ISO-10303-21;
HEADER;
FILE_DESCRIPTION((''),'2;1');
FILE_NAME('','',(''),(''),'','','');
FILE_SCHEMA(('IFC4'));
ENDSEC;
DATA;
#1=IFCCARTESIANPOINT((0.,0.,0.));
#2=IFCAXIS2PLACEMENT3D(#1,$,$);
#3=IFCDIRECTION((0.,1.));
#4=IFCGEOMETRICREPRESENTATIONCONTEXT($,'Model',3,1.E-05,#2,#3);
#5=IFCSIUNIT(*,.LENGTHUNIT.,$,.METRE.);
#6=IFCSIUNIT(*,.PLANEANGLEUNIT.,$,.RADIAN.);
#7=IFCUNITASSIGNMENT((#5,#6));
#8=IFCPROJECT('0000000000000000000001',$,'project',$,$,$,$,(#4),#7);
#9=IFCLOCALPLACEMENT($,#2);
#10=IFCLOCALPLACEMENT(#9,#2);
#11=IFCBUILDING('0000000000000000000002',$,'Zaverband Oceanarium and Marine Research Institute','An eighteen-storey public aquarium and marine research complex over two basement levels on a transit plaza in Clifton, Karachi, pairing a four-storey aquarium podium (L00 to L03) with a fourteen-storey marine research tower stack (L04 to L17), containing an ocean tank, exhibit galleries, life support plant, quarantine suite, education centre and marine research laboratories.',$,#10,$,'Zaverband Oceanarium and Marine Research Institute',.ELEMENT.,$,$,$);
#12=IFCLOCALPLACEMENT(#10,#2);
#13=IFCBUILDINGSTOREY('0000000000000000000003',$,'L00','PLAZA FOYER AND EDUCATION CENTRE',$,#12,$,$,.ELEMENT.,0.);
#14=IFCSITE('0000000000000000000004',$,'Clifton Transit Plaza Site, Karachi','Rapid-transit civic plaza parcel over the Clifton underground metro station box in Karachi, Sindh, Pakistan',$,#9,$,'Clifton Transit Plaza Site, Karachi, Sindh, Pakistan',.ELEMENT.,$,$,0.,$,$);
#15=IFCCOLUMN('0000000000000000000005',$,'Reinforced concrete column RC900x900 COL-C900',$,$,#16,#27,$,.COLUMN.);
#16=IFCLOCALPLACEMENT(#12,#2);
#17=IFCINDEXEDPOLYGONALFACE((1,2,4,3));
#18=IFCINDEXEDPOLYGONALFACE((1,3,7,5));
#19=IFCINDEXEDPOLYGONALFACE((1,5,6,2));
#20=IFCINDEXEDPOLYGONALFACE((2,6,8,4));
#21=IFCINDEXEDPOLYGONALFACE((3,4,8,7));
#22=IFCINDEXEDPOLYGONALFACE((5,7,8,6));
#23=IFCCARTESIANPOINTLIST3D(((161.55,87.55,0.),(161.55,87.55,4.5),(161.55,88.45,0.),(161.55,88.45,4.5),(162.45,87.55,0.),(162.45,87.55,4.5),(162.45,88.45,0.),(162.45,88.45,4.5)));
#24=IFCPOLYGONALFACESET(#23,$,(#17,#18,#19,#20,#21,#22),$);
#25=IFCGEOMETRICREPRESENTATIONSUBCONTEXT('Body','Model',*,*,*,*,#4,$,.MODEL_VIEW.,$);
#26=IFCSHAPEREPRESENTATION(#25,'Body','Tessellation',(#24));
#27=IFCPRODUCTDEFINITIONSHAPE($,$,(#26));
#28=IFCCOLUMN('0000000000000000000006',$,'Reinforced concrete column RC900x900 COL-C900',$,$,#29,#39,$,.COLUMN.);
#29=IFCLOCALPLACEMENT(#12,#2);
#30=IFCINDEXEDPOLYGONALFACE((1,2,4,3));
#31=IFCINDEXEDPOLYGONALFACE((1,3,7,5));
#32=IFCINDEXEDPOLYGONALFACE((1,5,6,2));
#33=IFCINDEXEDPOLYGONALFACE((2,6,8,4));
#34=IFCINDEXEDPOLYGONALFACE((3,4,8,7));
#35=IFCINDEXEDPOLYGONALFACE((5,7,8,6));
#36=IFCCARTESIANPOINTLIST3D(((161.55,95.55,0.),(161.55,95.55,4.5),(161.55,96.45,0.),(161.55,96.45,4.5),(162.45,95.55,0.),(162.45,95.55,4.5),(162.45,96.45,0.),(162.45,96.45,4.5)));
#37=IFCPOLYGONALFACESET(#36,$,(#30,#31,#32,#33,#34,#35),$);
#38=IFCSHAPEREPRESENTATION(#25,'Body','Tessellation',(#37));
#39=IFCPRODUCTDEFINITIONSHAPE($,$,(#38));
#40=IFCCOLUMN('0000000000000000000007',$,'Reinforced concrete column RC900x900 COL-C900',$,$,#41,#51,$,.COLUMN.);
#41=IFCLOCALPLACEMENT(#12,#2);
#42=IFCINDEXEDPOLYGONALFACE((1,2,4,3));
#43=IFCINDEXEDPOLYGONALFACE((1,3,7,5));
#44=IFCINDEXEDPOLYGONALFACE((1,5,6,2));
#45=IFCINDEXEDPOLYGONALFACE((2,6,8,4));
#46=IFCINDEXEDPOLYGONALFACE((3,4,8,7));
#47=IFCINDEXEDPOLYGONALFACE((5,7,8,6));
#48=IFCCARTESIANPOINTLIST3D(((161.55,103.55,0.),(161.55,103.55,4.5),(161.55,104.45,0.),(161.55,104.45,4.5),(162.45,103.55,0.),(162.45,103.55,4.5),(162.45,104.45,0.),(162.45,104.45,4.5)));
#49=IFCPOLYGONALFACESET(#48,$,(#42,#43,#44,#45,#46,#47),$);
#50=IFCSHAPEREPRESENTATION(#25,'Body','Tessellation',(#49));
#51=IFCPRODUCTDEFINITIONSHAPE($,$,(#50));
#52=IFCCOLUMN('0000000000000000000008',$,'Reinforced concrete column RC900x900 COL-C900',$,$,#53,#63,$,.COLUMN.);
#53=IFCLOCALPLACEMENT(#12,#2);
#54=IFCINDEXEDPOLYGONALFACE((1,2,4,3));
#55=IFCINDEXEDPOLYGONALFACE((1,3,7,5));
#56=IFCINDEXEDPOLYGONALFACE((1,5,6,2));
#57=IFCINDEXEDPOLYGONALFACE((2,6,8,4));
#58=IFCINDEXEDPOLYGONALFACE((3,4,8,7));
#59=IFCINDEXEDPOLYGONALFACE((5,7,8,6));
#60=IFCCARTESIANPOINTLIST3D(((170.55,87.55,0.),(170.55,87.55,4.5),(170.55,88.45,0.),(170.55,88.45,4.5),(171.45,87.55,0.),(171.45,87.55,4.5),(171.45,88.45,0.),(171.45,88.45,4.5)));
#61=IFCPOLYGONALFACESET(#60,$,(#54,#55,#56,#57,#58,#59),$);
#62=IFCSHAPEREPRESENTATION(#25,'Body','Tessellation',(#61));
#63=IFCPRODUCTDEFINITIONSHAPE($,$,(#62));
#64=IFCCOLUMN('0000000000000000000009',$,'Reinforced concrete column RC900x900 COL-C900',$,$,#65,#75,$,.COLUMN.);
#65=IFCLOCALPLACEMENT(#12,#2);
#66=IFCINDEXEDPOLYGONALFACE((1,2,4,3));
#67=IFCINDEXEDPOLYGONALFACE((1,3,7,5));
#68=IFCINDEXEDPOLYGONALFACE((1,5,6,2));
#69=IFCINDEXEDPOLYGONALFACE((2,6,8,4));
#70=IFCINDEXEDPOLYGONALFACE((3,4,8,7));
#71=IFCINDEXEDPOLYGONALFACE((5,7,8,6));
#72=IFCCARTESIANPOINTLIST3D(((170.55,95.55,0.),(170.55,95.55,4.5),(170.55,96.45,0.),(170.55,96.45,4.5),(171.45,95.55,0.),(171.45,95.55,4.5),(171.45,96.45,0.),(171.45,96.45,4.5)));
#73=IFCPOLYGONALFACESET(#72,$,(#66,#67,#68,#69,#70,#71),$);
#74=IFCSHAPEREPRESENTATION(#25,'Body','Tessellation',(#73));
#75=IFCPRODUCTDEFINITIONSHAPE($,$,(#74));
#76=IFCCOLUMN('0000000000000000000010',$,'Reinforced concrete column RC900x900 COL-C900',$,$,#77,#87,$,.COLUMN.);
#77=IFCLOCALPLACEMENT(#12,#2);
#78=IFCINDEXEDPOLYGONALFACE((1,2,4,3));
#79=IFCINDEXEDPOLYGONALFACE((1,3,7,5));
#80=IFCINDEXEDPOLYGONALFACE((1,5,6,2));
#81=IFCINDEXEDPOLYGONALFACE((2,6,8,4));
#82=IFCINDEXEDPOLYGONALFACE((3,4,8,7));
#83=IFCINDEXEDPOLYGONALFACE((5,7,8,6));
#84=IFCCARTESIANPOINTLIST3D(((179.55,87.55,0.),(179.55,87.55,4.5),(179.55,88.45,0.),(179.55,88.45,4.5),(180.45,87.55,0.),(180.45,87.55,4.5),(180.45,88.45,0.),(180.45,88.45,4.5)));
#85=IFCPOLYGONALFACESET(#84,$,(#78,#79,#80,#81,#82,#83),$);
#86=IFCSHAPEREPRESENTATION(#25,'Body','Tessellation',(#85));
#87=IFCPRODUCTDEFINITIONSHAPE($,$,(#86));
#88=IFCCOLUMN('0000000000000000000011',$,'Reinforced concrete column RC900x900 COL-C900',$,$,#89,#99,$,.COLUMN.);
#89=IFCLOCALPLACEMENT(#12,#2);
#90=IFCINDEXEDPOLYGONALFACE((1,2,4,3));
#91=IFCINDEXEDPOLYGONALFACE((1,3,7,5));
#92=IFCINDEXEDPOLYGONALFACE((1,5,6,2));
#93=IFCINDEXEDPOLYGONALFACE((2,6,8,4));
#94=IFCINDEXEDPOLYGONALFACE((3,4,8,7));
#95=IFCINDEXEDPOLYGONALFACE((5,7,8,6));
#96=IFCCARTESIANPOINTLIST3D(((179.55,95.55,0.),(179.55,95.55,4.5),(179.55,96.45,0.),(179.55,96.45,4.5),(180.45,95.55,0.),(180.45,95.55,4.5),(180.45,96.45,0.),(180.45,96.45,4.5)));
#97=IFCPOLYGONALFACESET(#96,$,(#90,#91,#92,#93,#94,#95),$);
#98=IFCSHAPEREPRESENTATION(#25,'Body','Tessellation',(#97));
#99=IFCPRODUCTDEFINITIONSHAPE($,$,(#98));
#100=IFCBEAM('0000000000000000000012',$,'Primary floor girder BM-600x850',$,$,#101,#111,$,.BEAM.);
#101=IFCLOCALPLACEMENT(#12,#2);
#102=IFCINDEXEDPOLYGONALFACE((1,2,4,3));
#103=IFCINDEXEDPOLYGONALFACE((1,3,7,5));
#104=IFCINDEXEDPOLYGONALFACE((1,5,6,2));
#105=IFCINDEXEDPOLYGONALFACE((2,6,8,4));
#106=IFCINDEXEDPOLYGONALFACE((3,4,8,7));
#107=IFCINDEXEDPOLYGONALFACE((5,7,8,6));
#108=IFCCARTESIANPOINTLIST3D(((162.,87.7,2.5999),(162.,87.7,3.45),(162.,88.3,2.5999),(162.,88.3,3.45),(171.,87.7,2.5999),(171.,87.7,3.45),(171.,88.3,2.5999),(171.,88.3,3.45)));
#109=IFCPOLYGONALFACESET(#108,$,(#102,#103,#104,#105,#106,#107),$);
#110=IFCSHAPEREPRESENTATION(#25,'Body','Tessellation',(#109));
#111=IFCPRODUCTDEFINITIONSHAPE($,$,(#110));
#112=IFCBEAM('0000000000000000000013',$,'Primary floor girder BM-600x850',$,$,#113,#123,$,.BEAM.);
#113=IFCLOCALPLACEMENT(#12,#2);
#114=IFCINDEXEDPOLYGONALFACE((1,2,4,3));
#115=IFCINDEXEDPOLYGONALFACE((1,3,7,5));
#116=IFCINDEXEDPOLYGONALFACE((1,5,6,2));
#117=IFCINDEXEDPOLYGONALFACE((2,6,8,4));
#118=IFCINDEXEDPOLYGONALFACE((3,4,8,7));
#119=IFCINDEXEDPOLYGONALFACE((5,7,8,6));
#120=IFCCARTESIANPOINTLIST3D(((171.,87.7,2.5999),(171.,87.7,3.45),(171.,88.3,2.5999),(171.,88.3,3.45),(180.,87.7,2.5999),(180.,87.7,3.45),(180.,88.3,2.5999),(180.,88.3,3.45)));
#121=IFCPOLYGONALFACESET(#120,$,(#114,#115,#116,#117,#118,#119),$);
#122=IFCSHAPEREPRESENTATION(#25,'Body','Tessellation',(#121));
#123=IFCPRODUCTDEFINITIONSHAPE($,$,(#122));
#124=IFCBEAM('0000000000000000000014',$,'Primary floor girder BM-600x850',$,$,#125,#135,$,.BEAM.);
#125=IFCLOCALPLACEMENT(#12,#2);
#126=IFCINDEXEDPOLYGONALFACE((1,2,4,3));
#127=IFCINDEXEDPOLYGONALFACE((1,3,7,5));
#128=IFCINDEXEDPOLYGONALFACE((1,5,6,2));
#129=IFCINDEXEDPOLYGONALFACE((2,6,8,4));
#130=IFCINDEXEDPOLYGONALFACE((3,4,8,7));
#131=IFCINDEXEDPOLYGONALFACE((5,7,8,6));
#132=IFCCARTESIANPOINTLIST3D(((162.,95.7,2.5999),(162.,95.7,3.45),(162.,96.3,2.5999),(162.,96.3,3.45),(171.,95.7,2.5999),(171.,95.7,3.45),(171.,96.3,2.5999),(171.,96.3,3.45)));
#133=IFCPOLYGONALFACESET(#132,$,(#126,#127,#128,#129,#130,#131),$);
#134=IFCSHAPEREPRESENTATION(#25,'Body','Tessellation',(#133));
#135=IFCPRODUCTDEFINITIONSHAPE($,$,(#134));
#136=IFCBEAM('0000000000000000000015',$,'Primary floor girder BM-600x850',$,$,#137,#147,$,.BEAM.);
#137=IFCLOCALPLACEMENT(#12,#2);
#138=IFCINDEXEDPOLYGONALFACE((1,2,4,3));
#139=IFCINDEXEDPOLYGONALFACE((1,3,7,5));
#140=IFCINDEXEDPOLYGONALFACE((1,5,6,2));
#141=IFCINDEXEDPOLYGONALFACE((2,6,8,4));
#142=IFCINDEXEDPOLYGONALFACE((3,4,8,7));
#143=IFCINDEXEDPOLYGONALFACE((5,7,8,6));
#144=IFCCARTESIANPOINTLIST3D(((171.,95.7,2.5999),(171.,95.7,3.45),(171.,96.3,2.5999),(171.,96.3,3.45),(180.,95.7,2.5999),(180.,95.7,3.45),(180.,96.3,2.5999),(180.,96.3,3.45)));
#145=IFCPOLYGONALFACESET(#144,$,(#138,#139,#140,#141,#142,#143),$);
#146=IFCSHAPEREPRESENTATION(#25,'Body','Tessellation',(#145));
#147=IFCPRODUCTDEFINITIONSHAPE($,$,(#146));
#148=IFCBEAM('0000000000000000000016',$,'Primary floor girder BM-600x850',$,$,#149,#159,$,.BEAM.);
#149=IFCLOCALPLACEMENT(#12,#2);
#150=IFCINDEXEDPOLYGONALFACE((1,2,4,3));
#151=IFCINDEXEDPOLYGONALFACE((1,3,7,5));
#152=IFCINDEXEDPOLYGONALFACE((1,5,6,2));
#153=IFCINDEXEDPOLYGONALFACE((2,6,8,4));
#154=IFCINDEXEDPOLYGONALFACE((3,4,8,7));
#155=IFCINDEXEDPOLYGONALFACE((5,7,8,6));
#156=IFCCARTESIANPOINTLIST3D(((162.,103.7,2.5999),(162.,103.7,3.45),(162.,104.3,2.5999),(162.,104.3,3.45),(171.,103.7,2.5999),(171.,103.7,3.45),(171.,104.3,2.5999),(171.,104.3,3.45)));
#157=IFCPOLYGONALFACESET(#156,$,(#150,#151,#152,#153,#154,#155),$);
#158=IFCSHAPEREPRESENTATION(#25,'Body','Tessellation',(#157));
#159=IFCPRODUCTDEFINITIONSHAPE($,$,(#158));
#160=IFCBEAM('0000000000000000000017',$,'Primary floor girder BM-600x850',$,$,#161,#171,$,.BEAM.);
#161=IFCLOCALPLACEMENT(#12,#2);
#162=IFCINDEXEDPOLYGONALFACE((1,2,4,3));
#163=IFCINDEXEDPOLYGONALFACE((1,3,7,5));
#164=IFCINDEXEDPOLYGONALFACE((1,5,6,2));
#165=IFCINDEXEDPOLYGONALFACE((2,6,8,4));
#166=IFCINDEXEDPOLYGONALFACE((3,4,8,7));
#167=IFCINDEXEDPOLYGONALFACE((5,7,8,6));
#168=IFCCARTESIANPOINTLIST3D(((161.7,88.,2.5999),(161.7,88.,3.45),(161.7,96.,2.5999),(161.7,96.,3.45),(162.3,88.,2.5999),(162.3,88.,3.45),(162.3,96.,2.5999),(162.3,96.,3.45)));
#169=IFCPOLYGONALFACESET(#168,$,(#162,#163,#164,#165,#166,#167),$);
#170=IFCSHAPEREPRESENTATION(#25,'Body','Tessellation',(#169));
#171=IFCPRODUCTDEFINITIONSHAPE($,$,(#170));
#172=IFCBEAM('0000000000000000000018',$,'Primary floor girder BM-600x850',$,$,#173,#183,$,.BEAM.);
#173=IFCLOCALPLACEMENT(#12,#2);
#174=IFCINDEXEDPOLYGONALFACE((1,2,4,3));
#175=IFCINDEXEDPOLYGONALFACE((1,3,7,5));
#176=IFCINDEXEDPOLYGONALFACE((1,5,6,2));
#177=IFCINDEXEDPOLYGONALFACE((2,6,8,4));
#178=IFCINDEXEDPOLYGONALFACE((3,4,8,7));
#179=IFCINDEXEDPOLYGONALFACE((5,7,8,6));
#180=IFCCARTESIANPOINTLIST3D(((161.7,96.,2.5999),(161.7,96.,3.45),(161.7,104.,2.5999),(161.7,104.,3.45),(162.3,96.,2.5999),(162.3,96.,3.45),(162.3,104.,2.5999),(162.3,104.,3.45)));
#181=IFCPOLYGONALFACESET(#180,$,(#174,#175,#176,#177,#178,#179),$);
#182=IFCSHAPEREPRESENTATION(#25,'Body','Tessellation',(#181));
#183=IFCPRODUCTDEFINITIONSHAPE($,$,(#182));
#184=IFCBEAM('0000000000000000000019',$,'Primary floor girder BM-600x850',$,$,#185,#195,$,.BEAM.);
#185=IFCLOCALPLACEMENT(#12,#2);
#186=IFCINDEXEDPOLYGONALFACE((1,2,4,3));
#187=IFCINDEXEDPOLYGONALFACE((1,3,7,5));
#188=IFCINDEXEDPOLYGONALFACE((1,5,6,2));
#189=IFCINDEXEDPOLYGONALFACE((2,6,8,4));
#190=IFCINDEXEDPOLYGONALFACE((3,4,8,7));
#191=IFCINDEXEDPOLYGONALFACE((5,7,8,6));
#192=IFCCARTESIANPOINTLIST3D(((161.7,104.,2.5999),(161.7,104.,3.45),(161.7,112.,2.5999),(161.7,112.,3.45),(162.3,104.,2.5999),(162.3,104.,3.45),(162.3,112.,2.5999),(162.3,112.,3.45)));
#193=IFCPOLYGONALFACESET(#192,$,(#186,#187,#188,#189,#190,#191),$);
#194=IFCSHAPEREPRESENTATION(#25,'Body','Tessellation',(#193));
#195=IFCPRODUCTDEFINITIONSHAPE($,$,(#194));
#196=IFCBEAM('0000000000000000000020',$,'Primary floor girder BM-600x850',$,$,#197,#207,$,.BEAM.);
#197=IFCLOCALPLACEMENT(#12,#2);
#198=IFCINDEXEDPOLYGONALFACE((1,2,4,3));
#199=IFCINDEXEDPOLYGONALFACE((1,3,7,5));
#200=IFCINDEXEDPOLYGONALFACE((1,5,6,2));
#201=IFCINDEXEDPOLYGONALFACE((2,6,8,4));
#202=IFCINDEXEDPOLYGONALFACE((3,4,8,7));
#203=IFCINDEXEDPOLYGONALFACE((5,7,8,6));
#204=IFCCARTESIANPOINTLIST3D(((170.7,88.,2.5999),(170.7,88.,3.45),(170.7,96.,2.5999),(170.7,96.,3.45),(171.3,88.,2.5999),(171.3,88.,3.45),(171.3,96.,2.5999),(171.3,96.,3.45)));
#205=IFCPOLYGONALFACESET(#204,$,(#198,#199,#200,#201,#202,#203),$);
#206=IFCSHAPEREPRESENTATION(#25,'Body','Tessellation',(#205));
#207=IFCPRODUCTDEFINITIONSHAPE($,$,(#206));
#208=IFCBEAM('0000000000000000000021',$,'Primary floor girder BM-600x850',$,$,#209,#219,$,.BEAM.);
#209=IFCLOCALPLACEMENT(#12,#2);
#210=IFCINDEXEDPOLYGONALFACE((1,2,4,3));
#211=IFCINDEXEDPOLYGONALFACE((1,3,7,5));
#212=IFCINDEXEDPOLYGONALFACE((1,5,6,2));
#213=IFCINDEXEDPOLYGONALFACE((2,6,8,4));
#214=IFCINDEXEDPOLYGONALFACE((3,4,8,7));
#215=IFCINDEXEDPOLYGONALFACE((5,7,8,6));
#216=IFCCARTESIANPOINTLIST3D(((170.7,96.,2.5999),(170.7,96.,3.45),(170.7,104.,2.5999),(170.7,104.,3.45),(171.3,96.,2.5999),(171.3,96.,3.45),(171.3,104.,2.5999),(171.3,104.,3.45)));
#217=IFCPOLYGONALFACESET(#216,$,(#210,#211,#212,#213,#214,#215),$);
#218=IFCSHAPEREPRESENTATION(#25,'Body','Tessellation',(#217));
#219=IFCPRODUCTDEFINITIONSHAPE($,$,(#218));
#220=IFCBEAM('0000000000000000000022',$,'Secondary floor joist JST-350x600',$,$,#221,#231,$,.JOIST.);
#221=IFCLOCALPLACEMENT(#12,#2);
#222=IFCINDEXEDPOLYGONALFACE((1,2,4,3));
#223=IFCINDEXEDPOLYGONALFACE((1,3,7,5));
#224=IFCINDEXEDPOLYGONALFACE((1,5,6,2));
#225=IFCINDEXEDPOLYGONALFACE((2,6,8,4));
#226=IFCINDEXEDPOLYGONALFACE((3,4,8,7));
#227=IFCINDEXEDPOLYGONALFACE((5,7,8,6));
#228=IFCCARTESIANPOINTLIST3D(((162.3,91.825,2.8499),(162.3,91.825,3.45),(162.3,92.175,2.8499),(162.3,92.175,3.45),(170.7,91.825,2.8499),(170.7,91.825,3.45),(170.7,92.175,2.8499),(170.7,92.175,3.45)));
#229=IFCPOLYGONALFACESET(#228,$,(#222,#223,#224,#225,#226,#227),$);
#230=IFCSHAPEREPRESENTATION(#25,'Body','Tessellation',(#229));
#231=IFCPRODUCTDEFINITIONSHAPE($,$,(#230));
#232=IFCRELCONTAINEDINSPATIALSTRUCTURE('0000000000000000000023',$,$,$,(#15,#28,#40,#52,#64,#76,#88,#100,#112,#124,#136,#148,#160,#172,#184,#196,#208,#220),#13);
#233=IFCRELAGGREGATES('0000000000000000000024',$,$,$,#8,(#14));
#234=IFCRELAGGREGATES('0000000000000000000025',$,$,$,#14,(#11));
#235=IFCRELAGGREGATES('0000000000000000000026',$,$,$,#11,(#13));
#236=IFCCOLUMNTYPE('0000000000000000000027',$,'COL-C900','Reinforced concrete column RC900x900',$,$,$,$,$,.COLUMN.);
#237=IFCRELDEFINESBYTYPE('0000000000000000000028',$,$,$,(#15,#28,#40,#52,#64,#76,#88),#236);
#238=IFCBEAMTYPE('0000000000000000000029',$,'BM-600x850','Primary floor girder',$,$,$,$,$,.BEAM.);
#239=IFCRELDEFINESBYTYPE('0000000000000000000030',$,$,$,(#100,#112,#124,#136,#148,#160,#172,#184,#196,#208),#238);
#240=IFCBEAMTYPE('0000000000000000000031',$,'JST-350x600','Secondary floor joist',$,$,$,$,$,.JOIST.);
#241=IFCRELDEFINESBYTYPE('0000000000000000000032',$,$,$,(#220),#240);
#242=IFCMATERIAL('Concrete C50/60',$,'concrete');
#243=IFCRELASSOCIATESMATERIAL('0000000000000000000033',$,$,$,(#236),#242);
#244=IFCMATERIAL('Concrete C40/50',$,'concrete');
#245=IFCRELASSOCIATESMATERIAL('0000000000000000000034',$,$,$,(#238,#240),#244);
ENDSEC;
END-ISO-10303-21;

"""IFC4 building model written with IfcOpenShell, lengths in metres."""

from ifc_helpers import new_model, si_unit, direction, frame, origin, origin_2d, place, context, subcontext, project, spatial, rectangle, extrude, material, material_profile, profile_set, type_object, element, save


model = new_model("IFC4")

# Units and contexts
model_context = context("Model", 3, precision=1e-05, world=origin(), true_north=direction((0.0, 1.0)))
body_context = subcontext(model_context, "Body", "Model", "MODEL_VIEW")
ifc_project = project(units=[si_unit("LENGTHUNIT", "METRE"), si_unit("PLANEANGLEUNIT", "RADIAN")], contexts=[model_context])

# Site, building, storey
site_placement = place(None, origin())
site = spatial("IfcSite", under=ifc_project, at=site_placement, Name="Clifton Transit Plaza Site, Karachi", Description="Rapid-transit civic plaza parcel over the Clifton underground metro station box in Karachi, Sindh, Pakistan", LongName="Clifton Transit Plaza Site, Karachi, Sindh, Pakistan", CompositionType="ELEMENT", RefElevation=0.0)
building_placement = place(site_placement, origin())
building = spatial("IfcBuilding", under=site, at=building_placement, Name="Zaverband Oceanarium and Marine Research Institute", Description="An eighteen-storey public aquarium and marine research complex over two basement levels on a transit plaza in Clifton, Karachi, pairing a four-storey aquarium podium (L00 to L03) with a fourteen-storey marine research tower stack (L04 to L17), containing an ocean tank, exhibit galleries, life support plant, quarantine suite, education centre and marine research laboratories.", LongName="Zaverband Oceanarium and Marine Research Institute", CompositionType="ELEMENT")
storey_placement = place(building_placement, origin())
storey = spatial("IfcBuildingStorey", under=building, at=storey_placement, Name="L00", Description="PLAZA FOYER AND EDUCATION CENTRE", CompositionType="ELEMENT", Elevation=0.0)

# Columns
ifc_material_1 = material(Name="Concrete C50/60", Category="concrete")
ifc_material_profile_1 = material_profile(ifc_material_1, rectangle(XDim=0.8999, YDim=0.8999, at=origin_2d()), Name="RC900x900")
ifc_profile_set_1 = profile_set([ifc_material_profile_1], Name="Concrete C50/60")
column_type = type_object("IfcColumnType", Name="COL-C900", Description="Reinforced concrete column RC900x900", PredefinedType="COLUMN", material=ifc_profile_set_1)
for number, where, z_axis, x_axis, name in (
    (1, (162.0, 88.0, 0.0), (0.0, 0.0, 1.0), (1.0, 0.0, 0.0), "Reinforced concrete column RC900x900 COL-C900"),
    (2, (162.0, 96.0, 0.0), (0.0, 0.0, 1.0), (1.0, 0.0, 0.0), "Reinforced concrete column RC900x900 COL-C900"),
    (3, (162.0, 104.0, 0.0), (0.0, 0.0, 1.0), (1.0, 0.0, 0.0), "Reinforced concrete column RC900x900 COL-C900"),
    (4, (171.0, 88.0, 0.0), (0.0, 0.0, 1.0), (1.0, 0.0, 0.0), "Reinforced concrete column RC900x900 COL-C900"),
    (5, (171.0, 96.0, 0.0), (0.0, 0.0, 1.0), (1.0, 0.0, 0.0), "Reinforced concrete column RC900x900 COL-C900"),
    (6, (180.0, 88.0, 0.0), (0.0, 0.0, 1.0), (1.0, 0.0, 0.0), "Reinforced concrete column RC900x900 COL-C900"),
    (7, (180.0, 96.0, 0.0), (0.0, 0.0, 1.0), (1.0, 0.0, 0.0), "Reinforced concrete column RC900x900 COL-C900"),
):
    element("IfcColumn", number, at=place(storey_placement, frame(where, z_axis=z_axis, x_axis=x_axis)), inside=storey, type_object=column_type, Name=name, PredefinedType="COLUMN", context=body_context, shape_type="SweptSolid", body=[
        extrude(rectangle(XDim=0.8999, YDim=0.8999, at=origin_2d()), origin(), (0.0, 0.0, 1.0), 4.5),
    ])

# Beams
ifc_material_2 = material(Name="Concrete C40/50", Category="concrete")
ifc_material_profile_2 = material_profile(ifc_material_2, rectangle(XDim=0.6001, YDim=0.8501, at=origin_2d()), Name="RC600x850")
ifc_profile_set_2 = profile_set([ifc_material_profile_2], Name="Concrete C40/50")
beam_type_1 = type_object("IfcBeamType", Name="BM-600x850", Description="Primary floor girder", PredefinedType="BEAM", material=ifc_profile_set_2)
for number, where, z_axis, x_axis, name in (
    (8, (162.0, 88.0, 3.0249), (1.0, 0.0, 0.0), (0.0, 1.0, 0.0), "Primary floor girder BM-600x850"),
    (9, (171.0, 88.0, 3.0249), (1.0, 0.0, 0.0), (0.0, 1.0, 0.0), "Primary floor girder BM-600x850"),
    (10, (162.0, 96.0, 3.0249), (1.0, 0.0, 0.0), (0.0, 1.0, 0.0), "Primary floor girder BM-600x850"),
    (11, (171.0, 96.0, 3.0249), (1.0, 0.0, 0.0), (0.0, 1.0, 0.0), "Primary floor girder BM-600x850"),
    (12, (162.0, 104.0, 3.0249), (1.0, 0.0, 0.0), (0.0, 1.0, 0.0), "Primary floor girder BM-600x850"),
):
    element("IfcBeam", number, at=place(storey_placement, frame(where, z_axis=z_axis, x_axis=x_axis)), inside=storey, type_object=beam_type_1, Name=name, PredefinedType="BEAM", context=body_context, shape_type="SweptSolid", body=[
        extrude(rectangle(XDim=0.6001, YDim=0.8501, at=origin_2d()), origin(), (0.0, 0.0, 1.0), 9.0),
    ])
for number, where, z_axis, x_axis, name in (
    (13, (162.0, 88.0, 3.0249), (0.0, 1.0, 0.0), (-1.0, 0.0, 0.0), "Primary floor girder BM-600x850"),
    (14, (162.0, 96.0, 3.0249), (0.0, 1.0, 0.0), (-1.0, 0.0, 0.0), "Primary floor girder BM-600x850"),
    (15, (162.0, 104.0, 3.0249), (0.0, 1.0, 0.0), (-1.0, 0.0, 0.0), "Primary floor girder BM-600x850"),
    (16, (171.0, 88.0, 3.0249), (0.0, 1.0, 0.0), (-1.0, 0.0, 0.0), "Primary floor girder BM-600x850"),
    (17, (171.0, 96.0, 3.0249), (0.0, 1.0, 0.0), (-1.0, 0.0, 0.0), "Primary floor girder BM-600x850"),
):
    element("IfcBeam", number, at=place(storey_placement, frame(where, z_axis=z_axis, x_axis=x_axis)), inside=storey, type_object=beam_type_1, Name=name, PredefinedType="BEAM", context=body_context, shape_type="SweptSolid", body=[
        extrude(rectangle(XDim=0.6001, YDim=0.8501, at=origin_2d()), origin(), (0.0, 0.0, 1.0), 8.0),
    ])
ifc_material_profile_3 = material_profile(ifc_material_2, rectangle(XDim=0.3501, YDim=0.6001, at=origin_2d()), Name="RC350x600")
ifc_profile_set_3 = profile_set([ifc_material_profile_3], Name="Concrete C40/50")
beam_type_2 = type_object("IfcBeamType", Name="JST-350x600", Description="Secondary floor joist", PredefinedType="JOIST", material=ifc_profile_set_3)
for number, where, z_axis, x_axis, name in (
    (18, (162.3, 92.0, 3.1499), (1.0, 0.0, 0.0), (0.0, 1.0, 0.0), "Secondary floor joist JST-350x600"),
):
    element("IfcBeam", number, at=place(storey_placement, frame(where, z_axis=z_axis, x_axis=x_axis)), inside=storey, type_object=beam_type_2, Name=name, PredefinedType="JOIST", context=body_context, shape_type="SweptSolid", body=[
        extrude(rectangle(XDim=0.3501, YDim=0.6001, at=origin_2d()), origin(), (0.0, 0.0, 1.0), 8.3999),
    ])

save(model, "model.ifc")
